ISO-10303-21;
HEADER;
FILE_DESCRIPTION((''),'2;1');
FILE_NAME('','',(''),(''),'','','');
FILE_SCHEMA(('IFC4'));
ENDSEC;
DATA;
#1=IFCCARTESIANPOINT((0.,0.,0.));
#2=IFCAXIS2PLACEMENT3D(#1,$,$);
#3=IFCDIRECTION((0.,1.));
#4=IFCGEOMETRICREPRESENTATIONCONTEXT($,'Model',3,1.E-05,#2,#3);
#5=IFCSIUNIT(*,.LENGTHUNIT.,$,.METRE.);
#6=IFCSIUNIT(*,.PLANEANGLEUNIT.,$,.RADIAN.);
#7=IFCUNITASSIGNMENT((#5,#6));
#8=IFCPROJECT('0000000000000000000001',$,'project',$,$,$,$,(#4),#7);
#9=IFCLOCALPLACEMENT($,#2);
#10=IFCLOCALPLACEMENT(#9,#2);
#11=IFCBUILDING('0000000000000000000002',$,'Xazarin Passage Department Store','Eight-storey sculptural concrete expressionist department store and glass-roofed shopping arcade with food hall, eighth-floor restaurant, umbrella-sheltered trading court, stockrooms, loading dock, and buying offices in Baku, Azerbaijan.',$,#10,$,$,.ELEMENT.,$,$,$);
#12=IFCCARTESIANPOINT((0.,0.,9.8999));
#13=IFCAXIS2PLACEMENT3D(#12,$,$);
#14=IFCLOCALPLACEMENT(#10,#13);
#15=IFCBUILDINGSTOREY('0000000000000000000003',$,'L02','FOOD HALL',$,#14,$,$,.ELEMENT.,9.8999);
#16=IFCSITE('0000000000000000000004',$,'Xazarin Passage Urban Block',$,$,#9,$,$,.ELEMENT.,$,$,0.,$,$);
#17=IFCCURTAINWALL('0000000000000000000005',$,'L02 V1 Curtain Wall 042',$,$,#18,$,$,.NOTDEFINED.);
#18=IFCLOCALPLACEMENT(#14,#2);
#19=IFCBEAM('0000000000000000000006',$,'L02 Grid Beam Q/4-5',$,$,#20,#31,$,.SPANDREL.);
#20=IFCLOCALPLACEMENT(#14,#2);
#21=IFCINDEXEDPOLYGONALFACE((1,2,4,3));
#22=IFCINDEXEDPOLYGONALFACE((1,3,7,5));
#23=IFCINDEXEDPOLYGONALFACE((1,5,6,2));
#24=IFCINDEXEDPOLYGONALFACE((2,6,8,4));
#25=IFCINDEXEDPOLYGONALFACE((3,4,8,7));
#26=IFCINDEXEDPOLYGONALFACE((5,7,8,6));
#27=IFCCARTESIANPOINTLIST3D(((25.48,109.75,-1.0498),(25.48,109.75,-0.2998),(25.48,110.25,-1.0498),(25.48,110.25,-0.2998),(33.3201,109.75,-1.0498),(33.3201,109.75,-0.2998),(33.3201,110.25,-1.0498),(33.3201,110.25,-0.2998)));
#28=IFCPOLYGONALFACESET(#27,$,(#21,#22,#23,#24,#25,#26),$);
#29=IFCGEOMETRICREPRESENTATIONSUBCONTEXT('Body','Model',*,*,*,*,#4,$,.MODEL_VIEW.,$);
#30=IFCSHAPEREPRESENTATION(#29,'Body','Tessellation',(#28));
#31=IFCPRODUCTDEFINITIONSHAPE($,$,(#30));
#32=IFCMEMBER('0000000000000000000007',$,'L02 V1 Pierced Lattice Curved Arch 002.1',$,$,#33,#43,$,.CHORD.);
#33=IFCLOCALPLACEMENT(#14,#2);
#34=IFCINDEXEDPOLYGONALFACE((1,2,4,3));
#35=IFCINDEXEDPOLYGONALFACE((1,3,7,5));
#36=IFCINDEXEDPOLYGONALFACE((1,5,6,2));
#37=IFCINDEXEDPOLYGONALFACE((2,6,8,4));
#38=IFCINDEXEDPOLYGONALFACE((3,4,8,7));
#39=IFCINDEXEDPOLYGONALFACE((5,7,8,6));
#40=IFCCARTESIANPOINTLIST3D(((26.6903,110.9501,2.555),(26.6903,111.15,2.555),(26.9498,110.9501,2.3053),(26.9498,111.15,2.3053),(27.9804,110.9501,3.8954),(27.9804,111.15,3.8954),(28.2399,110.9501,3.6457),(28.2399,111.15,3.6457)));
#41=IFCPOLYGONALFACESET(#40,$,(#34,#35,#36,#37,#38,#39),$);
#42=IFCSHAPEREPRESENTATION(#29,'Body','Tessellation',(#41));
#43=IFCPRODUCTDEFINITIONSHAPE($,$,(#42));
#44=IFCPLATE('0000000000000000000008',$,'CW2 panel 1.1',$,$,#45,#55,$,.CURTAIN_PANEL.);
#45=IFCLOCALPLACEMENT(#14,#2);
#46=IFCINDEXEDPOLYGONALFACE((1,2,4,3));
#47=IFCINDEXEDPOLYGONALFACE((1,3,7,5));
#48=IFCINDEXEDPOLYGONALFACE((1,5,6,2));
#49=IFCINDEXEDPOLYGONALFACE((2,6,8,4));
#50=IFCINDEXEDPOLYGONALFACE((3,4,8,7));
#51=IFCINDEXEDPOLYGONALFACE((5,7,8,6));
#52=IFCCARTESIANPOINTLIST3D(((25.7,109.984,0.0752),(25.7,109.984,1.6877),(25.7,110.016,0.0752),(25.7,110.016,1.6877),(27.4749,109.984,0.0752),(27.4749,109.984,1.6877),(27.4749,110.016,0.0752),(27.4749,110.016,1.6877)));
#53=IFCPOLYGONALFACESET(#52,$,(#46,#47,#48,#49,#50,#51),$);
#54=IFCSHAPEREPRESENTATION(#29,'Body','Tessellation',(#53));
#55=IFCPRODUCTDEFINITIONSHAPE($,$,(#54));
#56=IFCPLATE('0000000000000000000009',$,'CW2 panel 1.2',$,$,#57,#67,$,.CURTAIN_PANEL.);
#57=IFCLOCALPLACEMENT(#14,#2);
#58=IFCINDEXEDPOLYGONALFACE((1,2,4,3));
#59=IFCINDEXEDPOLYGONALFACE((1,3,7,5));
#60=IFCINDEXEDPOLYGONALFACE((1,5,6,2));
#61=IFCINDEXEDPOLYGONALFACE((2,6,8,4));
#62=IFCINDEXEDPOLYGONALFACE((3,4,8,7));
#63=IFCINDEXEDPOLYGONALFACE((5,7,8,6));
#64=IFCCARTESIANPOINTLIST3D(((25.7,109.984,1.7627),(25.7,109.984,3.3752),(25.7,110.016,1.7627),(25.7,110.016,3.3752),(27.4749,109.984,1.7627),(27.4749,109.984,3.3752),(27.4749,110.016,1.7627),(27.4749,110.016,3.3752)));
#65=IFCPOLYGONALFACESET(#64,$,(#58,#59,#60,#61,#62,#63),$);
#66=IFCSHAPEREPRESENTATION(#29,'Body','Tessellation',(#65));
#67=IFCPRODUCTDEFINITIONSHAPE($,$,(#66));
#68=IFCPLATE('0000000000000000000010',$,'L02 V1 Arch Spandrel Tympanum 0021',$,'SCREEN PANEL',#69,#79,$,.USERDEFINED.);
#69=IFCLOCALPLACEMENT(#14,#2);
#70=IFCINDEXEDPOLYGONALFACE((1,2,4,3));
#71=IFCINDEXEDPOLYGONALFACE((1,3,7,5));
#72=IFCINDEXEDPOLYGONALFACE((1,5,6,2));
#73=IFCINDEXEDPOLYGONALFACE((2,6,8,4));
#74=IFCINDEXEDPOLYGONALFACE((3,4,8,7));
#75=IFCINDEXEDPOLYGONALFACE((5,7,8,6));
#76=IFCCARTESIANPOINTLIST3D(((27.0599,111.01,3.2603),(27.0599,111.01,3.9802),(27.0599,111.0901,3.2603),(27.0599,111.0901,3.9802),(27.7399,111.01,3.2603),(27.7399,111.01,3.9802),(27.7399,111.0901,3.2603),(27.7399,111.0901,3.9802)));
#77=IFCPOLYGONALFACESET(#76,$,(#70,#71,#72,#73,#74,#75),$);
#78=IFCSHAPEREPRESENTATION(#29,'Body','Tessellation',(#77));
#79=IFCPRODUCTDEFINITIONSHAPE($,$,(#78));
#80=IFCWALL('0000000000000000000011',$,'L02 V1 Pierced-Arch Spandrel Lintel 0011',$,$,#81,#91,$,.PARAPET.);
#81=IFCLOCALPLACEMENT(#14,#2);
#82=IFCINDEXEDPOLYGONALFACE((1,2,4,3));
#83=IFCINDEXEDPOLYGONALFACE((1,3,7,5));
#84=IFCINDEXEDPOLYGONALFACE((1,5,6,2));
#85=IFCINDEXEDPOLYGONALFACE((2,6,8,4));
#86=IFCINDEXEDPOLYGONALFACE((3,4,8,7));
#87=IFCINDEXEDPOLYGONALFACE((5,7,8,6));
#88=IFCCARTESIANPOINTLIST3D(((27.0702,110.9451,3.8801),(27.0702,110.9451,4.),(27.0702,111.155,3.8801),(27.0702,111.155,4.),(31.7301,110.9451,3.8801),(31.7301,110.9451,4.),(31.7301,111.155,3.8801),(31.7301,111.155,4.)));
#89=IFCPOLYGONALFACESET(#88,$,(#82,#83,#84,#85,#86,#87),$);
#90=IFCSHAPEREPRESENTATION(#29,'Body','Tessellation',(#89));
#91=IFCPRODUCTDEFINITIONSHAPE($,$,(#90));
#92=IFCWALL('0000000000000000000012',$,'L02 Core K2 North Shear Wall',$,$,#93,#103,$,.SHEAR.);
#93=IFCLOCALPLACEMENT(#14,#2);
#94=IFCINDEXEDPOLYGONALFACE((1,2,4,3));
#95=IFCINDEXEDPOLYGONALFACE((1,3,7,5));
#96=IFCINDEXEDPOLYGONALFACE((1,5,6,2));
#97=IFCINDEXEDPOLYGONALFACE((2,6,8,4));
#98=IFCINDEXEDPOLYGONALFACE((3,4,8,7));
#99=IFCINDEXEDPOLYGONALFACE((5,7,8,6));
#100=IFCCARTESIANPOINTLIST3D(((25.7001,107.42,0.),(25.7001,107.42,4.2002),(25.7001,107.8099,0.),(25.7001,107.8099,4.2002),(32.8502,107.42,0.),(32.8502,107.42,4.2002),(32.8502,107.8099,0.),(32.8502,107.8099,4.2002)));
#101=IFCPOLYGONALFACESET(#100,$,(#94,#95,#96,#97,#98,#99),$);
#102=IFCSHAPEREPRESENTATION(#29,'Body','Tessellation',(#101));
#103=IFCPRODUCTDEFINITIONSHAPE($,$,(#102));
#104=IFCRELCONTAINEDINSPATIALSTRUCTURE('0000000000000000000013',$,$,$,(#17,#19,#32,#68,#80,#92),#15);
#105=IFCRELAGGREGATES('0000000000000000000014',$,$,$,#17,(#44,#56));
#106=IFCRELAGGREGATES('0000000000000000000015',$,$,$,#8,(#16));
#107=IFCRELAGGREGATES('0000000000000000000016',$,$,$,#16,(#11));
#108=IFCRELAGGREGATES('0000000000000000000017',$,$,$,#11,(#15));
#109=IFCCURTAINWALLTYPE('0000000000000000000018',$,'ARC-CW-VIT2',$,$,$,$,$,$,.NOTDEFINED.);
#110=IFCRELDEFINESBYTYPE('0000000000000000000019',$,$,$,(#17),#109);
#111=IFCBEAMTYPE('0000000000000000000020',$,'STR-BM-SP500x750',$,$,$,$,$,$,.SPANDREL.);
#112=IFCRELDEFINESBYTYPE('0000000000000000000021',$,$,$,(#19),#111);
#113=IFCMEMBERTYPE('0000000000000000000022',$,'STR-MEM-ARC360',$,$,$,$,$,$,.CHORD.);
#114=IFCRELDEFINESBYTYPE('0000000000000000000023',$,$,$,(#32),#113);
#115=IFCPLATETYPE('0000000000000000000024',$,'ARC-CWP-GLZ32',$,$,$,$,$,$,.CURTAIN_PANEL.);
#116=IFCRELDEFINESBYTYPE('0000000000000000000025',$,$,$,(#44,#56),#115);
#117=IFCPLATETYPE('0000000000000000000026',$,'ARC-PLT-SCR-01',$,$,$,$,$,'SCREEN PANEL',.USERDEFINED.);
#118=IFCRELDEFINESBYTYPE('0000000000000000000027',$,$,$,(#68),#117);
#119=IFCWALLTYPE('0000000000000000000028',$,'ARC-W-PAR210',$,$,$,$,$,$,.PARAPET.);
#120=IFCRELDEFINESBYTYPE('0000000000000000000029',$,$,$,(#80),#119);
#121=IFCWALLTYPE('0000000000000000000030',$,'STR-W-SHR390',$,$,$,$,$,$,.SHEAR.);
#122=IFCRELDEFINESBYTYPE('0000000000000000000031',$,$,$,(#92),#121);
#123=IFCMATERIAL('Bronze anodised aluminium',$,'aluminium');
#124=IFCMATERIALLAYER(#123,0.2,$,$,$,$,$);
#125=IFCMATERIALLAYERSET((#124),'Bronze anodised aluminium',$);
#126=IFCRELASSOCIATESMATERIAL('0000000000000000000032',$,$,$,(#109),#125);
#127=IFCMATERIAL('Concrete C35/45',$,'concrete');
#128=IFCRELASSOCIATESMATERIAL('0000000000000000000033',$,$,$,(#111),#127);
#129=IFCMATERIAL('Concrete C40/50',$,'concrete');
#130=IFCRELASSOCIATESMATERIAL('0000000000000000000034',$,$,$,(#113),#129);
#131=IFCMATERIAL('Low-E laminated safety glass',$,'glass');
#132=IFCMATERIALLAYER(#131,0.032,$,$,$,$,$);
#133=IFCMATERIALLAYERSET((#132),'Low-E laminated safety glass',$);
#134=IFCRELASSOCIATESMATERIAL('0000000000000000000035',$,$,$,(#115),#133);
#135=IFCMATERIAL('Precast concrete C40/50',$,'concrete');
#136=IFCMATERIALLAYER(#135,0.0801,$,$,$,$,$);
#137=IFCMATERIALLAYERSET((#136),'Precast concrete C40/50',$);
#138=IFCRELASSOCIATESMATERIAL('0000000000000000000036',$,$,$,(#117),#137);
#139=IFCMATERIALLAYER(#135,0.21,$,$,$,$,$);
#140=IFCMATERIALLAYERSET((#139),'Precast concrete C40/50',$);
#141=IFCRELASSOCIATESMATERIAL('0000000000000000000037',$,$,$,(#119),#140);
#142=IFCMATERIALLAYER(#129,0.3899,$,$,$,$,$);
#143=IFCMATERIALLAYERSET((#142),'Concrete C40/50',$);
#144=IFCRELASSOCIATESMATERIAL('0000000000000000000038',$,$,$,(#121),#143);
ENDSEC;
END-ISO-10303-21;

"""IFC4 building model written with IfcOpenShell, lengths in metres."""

from ifc_helpers import new_model, si_unit, direction, frame, frame_2d, origin, origin_2d, place, context, subcontext, project, spatial, rectangle, extrude, material, layer, layer_set, material_profile, profile_set, type_object, element, aggregate, save


model = new_model("IFC4")

# Units and contexts
model_context = context("Model", 3, precision=1e-05, world=origin(), true_north=direction((0.0, 1.0)))
body_context = subcontext(model_context, "Body", "Model", "MODEL_VIEW")
ifc_project = project(units=[si_unit("LENGTHUNIT", "METRE"), si_unit("PLANEANGLEUNIT", "RADIAN")], contexts=[model_context])

# Site, building, storey
site_placement = place(None, origin())
site = spatial("IfcSite", under=ifc_project, at=site_placement, Name="Xazarin Passage Urban Block", CompositionType="ELEMENT", RefElevation=0.0)
building_placement = place(site_placement, origin())
building = spatial("IfcBuilding", under=site, at=building_placement, Name="Xazarin Passage Department Store", Description="Eight-storey sculptural concrete expressionist department store and glass-roofed shopping arcade with food hall, eighth-floor restaurant, umbrella-sheltered trading court, stockrooms, loading dock, and buying offices in Baku, Azerbaijan.", CompositionType="ELEMENT")
storey_placement = place(building_placement, frame((0.0, 0.0, 9.8999)))
storey = spatial("IfcBuildingStorey", under=building, at=storey_placement, Name="L02", Description="FOOD HALL", CompositionType="ELEMENT", Elevation=9.8999)

# Shared definitions
ifc_material_1 = material(Name="Concrete C40/50", Category="concrete")

# Shared definitions
ifc_material_2 = material(Name="Bronze anodised aluminium", Category="aluminium")
ifc_layer_1 = layer(ifc_material_2, 0.2)
ifc_layer_set_1 = layer_set([ifc_layer_1], Name="Bronze anodised aluminium")
curtain_wall_type = type_object("IfcCurtainWallType", Name="ARC-CW-VIT2", PredefinedType="NOTDEFINED", material=ifc_layer_set_1)

# Curtain wall
curtain_wall_1_placement = place(storey_placement, origin())
curtain_wall_1 = element("IfcCurtainWall", 1, at=curtain_wall_1_placement, inside=storey, type_object=curtain_wall_type, Name="L02 V1 Curtain Wall 042", PredefinedType="NOTDEFINED")

# Beam
ifc_material_3 = material(Name="Concrete C35/45", Category="concrete")
ifc_material_profile_1 = material_profile(ifc_material_3, rectangle(XDim=0.5, YDim=0.75, at=origin_2d()), Name="RC 500x750")
ifc_profile_set_1 = profile_set([ifc_material_profile_1], Name="Concrete C35/45")
beam_type_1 = type_object("IfcBeamType", Name="STR-BM-SP500x750", PredefinedType="SPANDREL", material=ifc_profile_set_1)
beam_1_placement = place(storey_placement, frame((25.48, 110.0, -0.6748), z_axis=(1.0, 0.0, 0.0), x_axis=(0.0, 1.0, 0.0)))
element("IfcBeam", 2, at=beam_1_placement, inside=storey, type_object=beam_type_1, Name="L02 Grid Beam Q/4-5", PredefinedType="SPANDREL", context=body_context, shape_type="SweptSolid", body=[
    extrude(rectangle(XDim=0.5, YDim=0.75, at=origin_2d()), origin(), (0.0, 0.0, 1.0), 7.8401),
])

# Member
ifc_material_profile_2 = material_profile(ifc_material_1, rectangle(XDim=0.2, YDim=0.3601, at=origin_2d()), Name="RC 200x360")
ifc_profile_set_2 = profile_set([ifc_material_profile_2], Name="Concrete C40/50")
member_type_1 = type_object("IfcMemberType", Name="STR-MEM-ARC360", PredefinedType="CHORD", material=ifc_profile_set_2)
member_1_placement = place(storey_placement, frame((26.8201, 111.05, 2.4302), z_axis=(0.69346, 0.0, 0.720495), x_axis=(0.0, 1.0, 0.0)))
element("IfcMember", 3, at=member_1_placement, inside=storey, type_object=member_type_1, Name="L02 V1 Pierced Lattice Curved Arch 002.1", PredefinedType="CHORD", context=body_context, shape_type="SweptSolid", body=[
    extrude(rectangle(XDim=0.2, YDim=0.3601, at=origin_2d()), origin(), (0.0, 0.0, 1.0), 1.8604),
])

# Plates
ifc_material_4 = material(Name="Low-E laminated safety glass", Category="glass")
ifc_layer_2 = layer(ifc_material_4, 0.032)
ifc_layer_set_2 = layer_set([ifc_layer_2], Name="Low-E laminated safety glass")
plate_type_1 = type_object("IfcPlateType", Name="ARC-CWP-GLZ32", PredefinedType="CURTAIN_PANEL", material=ifc_layer_set_2)
plate_1_placement = place(storey_placement, frame((26.5874, 110.0, 0.0752), z_axis=(0.0, 0.0, 1.0), x_axis=(1.0, 0.0, 0.0)))
plate_1 = element("IfcPlate", 4, at=plate_1_placement, type_object=plate_type_1, Name="CW2 panel 1.1", PredefinedType="CURTAIN_PANEL", context=body_context, shape_type="SweptSolid", body=[
    extrude(rectangle(XDim=1.7749, YDim=0.032, at=origin_2d()), origin(), (0.0, 0.0, 1.0), 1.6125),
])
plate_2_placement = place(storey_placement, frame((26.5874, 110.0, 1.7627), z_axis=(0.0, 0.0, 1.0), x_axis=(1.0, 0.0, 0.0)))
plate_2 = element("IfcPlate", 5, at=plate_2_placement, type_object=plate_type_1, Name="CW2 panel 1.2", PredefinedType="CURTAIN_PANEL", context=body_context, shape_type="SweptSolid", body=[
    extrude(rectangle(XDim=1.7749, YDim=0.032, at=origin_2d()), origin(), (0.0, 0.0, 1.0), 1.6125),
])
aggregate(curtain_wall_1, [plate_1, plate_2])
ifc_material_5 = material(Name="Precast concrete C40/50", Category="concrete")
ifc_layer_3 = layer(ifc_material_5, 0.0801)
ifc_layer_set_3 = layer_set([ifc_layer_3], Name="Precast concrete C40/50")
plate_type_2 = type_object("IfcPlateType", Name="ARC-PLT-SCR-01", ElementType="SCREEN PANEL", PredefinedType="USERDEFINED", material=ifc_layer_set_3)
plate_3_placement = place(storey_placement, frame((27.3999, 111.05, 3.2603), z_axis=(0.0, 0.0, 1.0), x_axis=(1.0, 0.0, 0.0)))
element("IfcPlate", 6, at=plate_3_placement, inside=storey, type_object=plate_type_2, Name="L02 V1 Arch Spandrel Tympanum 0021", ObjectType="SCREEN PANEL", PredefinedType="USERDEFINED", context=body_context, shape_type="SweptSolid", body=[
    extrude(rectangle(XDim=0.6799, YDim=0.0801, at=origin_2d()), origin(), (0.0, 0.0, 1.0), 0.72),
])

# Wall
ifc_layer_4 = layer(ifc_material_5, 0.21)
ifc_layer_set_4 = layer_set([ifc_layer_4], Name="Precast concrete C40/50")
wall_type_1 = type_object("IfcWallType", Name="ARC-W-PAR210", PredefinedType="PARAPET", material=ifc_layer_set_4)
wall_1_placement = place(storey_placement, frame((27.0701, 111.05, 3.8801), z_axis=(0.0, 0.0, 1.0), x_axis=(1.0, 0.0, 0.0)))
element("IfcWall", 7, at=wall_1_placement, inside=storey, type_object=wall_type_1, Name="L02 V1 Pierced-Arch Spandrel Lintel 0011", PredefinedType="PARAPET", context=body_context, shape_type="SweptSolid", body=[
    extrude(rectangle(XDim=4.6599, YDim=0.21, at=frame_2d((2.3301, 0.0))), origin(), (0.0, 0.0, 1.0), 0.1199),
])

# Shared definitions
ifc_layer_5 = layer(ifc_material_1, 0.3899)
ifc_layer_set_5 = layer_set([ifc_layer_5], Name="Concrete C40/50")
wall_type_2 = type_object("IfcWallType", Name="STR-W-SHR390", PredefinedType="SHEAR", material=ifc_layer_set_5)

# Wall
wall_2_placement = place(storey_placement, frame((25.7, 107.615, 0.0), z_axis=(0.0, 0.0, 1.0), x_axis=(1.0, 0.0, 0.0)))
element("IfcWall", 8, at=wall_2_placement, inside=storey, type_object=wall_type_2, Name="L02 Core K2 North Shear Wall", PredefinedType="SHEAR", context=body_context, shape_type="SweptSolid", body=[
    extrude(rectangle(XDim=7.1501, YDim=0.3899, at=frame_2d((3.5752, 0.0))), origin(), (0.0, 0.0, 1.0), 4.2002),
])

save(model, "model.ifc")
